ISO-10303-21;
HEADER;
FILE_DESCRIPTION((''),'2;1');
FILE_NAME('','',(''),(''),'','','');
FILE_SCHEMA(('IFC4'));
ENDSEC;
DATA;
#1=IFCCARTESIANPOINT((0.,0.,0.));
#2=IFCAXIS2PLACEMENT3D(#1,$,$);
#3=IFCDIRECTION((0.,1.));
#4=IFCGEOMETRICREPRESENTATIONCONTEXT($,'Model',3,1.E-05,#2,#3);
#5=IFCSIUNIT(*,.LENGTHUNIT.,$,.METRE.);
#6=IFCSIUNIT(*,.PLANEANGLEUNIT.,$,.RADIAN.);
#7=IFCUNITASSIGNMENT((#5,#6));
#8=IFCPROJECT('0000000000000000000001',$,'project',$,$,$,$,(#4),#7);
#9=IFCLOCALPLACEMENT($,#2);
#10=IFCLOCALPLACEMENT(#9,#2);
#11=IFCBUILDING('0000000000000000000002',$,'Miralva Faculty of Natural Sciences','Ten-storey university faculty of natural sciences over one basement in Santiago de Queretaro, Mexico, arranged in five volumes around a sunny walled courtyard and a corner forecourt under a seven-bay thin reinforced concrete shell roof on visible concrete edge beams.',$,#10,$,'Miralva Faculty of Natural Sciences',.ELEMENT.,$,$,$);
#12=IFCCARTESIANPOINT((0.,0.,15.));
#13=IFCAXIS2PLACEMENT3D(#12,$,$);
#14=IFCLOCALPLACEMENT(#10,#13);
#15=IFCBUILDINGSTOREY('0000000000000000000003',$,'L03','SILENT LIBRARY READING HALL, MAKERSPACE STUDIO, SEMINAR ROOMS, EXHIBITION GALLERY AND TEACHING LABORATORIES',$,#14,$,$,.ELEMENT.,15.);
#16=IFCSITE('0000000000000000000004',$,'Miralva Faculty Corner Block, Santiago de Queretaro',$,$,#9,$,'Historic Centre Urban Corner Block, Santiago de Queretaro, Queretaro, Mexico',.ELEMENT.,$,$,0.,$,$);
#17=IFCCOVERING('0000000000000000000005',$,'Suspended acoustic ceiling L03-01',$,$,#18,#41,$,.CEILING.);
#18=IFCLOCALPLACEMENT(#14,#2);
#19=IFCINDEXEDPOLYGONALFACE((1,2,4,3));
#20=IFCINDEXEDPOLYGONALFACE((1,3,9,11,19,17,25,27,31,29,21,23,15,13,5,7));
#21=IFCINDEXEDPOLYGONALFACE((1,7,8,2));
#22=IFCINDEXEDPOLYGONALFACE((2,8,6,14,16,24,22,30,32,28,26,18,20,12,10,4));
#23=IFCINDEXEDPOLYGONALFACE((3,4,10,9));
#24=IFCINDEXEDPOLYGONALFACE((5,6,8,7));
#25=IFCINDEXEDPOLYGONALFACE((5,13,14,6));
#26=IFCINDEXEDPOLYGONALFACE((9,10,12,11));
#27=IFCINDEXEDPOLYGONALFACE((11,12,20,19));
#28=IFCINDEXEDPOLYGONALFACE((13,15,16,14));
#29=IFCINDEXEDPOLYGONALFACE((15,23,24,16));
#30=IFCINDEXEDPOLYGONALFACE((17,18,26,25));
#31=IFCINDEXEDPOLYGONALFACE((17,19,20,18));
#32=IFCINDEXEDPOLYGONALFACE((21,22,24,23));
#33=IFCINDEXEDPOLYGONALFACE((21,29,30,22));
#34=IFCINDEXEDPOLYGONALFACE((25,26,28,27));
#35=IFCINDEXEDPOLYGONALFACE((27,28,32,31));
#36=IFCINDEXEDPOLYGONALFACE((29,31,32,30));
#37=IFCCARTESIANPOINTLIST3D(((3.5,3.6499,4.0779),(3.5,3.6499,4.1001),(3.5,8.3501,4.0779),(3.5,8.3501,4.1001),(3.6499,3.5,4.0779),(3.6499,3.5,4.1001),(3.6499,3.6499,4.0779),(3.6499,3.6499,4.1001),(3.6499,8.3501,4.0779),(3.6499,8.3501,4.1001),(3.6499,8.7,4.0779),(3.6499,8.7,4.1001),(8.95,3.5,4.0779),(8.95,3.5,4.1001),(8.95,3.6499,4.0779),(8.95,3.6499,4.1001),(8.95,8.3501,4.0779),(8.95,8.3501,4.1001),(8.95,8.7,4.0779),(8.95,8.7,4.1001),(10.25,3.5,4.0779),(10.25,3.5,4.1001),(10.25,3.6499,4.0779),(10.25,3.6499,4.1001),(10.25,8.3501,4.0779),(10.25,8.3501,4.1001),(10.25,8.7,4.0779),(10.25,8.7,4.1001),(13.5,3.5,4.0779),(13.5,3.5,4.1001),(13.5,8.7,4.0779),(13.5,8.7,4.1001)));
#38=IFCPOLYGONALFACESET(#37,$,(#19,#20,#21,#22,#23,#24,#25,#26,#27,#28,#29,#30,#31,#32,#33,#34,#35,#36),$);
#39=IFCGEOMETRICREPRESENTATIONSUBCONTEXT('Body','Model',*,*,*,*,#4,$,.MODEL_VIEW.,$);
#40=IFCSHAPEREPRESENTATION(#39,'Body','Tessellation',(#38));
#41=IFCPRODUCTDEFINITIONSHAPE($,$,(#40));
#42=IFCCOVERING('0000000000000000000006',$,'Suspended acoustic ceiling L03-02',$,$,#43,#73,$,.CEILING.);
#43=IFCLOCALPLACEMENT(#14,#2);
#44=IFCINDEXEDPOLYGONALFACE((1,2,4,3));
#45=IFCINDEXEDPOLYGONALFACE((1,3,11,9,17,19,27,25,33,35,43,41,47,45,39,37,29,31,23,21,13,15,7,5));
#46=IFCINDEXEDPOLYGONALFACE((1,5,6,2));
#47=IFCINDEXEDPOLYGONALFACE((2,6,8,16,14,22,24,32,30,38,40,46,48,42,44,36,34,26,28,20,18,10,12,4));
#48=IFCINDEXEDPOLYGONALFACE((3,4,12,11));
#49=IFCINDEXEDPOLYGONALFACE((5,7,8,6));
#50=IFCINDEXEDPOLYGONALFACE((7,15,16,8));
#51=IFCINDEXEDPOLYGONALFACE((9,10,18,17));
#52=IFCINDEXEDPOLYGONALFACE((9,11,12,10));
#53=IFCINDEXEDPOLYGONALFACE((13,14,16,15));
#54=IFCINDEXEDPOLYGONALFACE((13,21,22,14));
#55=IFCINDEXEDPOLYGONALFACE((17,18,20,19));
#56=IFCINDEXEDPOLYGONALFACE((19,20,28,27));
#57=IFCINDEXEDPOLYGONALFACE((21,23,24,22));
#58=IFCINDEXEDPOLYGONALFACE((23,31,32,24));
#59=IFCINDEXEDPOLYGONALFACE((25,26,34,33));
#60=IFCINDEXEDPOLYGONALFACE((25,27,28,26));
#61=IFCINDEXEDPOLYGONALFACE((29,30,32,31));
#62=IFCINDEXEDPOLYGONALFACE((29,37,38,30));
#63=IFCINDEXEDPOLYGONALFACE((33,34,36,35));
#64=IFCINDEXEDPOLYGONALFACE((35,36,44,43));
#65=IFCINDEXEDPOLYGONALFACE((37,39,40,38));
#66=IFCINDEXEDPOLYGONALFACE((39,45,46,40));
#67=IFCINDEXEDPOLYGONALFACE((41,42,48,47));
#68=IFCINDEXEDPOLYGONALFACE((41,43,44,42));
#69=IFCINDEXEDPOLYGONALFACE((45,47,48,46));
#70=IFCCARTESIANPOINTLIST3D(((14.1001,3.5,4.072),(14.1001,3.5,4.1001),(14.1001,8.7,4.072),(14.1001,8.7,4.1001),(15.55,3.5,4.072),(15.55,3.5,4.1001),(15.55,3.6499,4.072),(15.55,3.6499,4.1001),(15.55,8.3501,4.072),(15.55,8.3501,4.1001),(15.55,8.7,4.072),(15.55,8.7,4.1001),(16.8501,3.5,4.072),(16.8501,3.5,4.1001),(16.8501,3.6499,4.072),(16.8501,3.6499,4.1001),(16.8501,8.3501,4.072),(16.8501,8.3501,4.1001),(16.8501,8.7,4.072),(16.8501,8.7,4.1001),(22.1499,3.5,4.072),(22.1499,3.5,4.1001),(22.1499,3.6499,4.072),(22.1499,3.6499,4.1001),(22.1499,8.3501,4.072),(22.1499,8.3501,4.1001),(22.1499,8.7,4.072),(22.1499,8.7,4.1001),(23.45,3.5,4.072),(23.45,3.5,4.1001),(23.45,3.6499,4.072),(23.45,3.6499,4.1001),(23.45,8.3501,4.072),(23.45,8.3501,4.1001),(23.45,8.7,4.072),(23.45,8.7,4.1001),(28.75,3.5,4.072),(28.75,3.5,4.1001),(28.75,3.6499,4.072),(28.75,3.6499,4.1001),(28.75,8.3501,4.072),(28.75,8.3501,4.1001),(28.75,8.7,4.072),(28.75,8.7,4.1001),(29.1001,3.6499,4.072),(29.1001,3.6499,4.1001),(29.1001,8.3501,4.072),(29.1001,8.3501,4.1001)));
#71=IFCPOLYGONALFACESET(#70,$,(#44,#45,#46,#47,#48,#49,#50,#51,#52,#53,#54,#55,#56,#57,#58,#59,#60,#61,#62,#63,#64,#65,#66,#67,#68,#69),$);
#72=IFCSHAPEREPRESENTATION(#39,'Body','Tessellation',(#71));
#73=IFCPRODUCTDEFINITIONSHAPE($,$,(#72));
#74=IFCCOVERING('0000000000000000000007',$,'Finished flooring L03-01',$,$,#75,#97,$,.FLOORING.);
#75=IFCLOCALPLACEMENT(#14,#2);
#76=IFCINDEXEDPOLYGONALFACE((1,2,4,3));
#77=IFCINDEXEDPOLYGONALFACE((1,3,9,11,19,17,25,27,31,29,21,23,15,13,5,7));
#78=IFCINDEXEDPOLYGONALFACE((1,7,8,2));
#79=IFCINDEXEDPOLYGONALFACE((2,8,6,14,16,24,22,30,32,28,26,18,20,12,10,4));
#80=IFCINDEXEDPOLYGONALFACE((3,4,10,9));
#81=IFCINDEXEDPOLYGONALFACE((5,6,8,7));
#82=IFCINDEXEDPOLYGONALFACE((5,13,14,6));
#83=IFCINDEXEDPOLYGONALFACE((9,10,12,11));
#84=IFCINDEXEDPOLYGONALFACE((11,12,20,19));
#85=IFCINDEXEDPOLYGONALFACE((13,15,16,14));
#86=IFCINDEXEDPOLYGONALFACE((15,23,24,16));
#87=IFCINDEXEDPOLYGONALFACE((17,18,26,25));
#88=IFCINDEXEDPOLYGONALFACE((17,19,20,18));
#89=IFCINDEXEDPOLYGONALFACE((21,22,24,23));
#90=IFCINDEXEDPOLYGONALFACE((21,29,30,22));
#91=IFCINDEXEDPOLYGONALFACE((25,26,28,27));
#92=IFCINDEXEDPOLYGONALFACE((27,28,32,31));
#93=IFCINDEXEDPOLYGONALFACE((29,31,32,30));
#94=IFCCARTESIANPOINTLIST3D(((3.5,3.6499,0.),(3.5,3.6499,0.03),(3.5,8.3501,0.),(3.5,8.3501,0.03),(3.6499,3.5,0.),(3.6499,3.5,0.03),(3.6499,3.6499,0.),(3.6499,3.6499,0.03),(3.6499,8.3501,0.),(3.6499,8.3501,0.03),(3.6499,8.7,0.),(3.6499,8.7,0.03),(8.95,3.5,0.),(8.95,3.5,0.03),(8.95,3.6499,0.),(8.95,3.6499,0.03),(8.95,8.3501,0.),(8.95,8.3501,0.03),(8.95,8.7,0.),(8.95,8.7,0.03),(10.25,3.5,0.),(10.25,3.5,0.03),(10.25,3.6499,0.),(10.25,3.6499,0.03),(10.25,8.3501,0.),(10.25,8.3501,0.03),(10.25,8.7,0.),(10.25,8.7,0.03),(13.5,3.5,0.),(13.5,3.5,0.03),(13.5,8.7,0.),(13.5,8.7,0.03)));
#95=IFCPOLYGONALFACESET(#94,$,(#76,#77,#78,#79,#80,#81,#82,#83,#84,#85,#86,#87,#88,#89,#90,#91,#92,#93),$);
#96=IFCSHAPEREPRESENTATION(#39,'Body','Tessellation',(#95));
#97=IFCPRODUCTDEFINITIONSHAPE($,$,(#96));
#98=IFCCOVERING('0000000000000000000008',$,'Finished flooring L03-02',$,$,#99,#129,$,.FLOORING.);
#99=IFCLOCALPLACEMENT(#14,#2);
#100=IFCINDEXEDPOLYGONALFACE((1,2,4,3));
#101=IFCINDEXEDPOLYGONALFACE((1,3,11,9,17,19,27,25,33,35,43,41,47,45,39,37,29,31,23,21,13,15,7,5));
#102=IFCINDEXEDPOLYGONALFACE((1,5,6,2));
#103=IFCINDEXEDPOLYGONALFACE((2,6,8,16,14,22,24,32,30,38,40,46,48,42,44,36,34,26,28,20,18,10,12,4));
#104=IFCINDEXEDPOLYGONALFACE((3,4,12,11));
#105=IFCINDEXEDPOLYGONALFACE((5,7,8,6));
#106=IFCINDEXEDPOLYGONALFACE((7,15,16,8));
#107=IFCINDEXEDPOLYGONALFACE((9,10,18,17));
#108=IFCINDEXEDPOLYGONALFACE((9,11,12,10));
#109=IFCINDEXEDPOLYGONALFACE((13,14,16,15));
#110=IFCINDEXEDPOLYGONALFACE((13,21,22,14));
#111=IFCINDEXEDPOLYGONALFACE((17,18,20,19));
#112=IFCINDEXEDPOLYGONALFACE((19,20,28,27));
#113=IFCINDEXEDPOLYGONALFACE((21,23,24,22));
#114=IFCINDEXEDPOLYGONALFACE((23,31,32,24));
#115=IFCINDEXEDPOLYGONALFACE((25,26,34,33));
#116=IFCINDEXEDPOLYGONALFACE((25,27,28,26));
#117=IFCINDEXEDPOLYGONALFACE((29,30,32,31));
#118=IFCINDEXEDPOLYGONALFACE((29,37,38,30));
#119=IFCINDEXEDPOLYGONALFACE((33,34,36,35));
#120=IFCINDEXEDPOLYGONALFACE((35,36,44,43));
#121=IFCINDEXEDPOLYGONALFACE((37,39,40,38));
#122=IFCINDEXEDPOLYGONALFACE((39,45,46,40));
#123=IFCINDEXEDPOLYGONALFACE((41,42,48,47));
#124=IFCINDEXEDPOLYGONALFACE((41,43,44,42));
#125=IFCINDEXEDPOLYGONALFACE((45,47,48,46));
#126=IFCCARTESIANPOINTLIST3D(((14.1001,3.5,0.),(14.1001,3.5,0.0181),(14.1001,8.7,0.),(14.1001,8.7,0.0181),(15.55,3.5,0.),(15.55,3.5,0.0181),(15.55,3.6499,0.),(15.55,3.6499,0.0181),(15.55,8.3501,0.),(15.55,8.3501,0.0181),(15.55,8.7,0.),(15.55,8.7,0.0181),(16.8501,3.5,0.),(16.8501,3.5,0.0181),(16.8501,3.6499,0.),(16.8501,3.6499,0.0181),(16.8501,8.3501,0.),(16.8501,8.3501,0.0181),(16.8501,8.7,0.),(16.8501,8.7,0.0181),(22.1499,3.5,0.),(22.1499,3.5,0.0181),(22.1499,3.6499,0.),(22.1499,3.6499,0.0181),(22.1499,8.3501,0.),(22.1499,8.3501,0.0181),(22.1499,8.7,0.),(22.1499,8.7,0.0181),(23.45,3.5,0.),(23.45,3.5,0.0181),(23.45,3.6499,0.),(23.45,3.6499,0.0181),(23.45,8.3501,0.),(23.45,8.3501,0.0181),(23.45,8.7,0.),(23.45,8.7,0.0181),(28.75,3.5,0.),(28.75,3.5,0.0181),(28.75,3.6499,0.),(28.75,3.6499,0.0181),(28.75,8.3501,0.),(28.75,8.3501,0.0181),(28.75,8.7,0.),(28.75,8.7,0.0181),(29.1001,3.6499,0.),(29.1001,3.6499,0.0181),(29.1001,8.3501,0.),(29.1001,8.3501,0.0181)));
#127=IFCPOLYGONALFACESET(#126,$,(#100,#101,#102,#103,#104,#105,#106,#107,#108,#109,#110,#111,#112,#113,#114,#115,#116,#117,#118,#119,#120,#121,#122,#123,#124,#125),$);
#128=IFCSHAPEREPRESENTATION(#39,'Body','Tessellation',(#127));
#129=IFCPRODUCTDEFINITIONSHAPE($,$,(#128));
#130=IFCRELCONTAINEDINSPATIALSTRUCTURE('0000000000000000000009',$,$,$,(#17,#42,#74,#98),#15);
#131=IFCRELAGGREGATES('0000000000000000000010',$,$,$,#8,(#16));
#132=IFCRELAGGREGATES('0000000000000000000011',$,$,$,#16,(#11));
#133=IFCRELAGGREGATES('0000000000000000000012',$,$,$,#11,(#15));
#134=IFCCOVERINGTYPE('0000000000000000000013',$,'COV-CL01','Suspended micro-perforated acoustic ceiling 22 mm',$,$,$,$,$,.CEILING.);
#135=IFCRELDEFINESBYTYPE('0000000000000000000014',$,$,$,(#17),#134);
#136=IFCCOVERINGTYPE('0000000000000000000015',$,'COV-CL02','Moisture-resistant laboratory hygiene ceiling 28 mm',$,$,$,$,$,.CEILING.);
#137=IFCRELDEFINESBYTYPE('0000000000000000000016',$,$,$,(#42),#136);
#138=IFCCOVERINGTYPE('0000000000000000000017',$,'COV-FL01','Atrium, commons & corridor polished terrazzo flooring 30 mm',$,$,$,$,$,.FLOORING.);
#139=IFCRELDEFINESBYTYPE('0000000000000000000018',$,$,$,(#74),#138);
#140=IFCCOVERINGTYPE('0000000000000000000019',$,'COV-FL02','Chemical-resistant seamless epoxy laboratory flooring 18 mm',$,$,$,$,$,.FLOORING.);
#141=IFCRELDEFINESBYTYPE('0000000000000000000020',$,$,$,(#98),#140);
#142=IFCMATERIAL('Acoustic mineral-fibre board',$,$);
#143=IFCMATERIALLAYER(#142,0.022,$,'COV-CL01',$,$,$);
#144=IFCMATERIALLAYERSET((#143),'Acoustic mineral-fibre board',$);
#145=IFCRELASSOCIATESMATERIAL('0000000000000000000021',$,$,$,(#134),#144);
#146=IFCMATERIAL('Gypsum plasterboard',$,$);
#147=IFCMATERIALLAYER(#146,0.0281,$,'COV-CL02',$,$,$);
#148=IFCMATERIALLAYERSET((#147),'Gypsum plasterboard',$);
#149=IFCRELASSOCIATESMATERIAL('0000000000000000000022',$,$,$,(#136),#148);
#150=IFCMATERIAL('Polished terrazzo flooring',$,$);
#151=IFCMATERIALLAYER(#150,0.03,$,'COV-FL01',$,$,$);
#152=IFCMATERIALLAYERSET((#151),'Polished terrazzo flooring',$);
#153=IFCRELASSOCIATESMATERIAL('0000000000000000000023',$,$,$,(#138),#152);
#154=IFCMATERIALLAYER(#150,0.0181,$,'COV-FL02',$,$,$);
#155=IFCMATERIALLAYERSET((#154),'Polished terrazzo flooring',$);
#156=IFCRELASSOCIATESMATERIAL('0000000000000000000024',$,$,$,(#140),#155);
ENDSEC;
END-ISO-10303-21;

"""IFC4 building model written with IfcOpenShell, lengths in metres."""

from ifc_helpers import new_model, si_unit, direction, frame, origin, place, context, subcontext, project, spatial, polyline, outline, extrude, material, layer, layer_set, type_object, element, save


model = new_model("IFC4")

# Units and contexts
model_context = context("Model", 3, precision=1e-05, world=origin(), true_north=direction((0.0, 1.0)))
body_context = subcontext(model_context, "Body", "Model", "MODEL_VIEW")
ifc_project = project(units=[si_unit("LENGTHUNIT", "METRE"), si_unit("PLANEANGLEUNIT", "RADIAN")], contexts=[model_context])

# Site, building, storey
site_placement = place(None, origin())
site = spatial("IfcSite", under=ifc_project, at=site_placement, Name="Miralva Faculty Corner Block, Santiago de Queretaro", LongName="Historic Centre Urban Corner Block, Santiago de Queretaro, Queretaro, Mexico", CompositionType="ELEMENT", RefElevation=0.0)
building_placement = place(site_placement, origin())
building = spatial("IfcBuilding", under=site, at=building_placement, Name="Miralva Faculty of Natural Sciences", Description="Ten-storey university faculty of natural sciences over one basement in Santiago de Queretaro, Mexico, arranged in five volumes around a sunny walled courtyard and a corner forecourt under a seven-bay thin reinforced concrete shell roof on visible concrete edge beams.", LongName="Miralva Faculty of Natural Sciences", CompositionType="ELEMENT")
storey_placement = place(building_placement, frame((0.0, 0.0, 15.0)))
storey = spatial("IfcBuildingStorey", under=building, at=storey_placement, Name="L03", Description="SILENT LIBRARY READING HALL, MAKERSPACE STUDIO, SEMINAR ROOMS, EXHIBITION GALLERY AND TEACHING LABORATORIES", CompositionType="ELEMENT", Elevation=15.0)

# Coverings
ifc_material_1 = material(Name="Acoustic mineral-fibre board")
ifc_layer_1 = layer(ifc_material_1, 0.022, Name="COV-CL01")
ifc_layer_set_1 = layer_set([ifc_layer_1], Name="Acoustic mineral-fibre board")
covering_type_1 = type_object("IfcCoveringType", Name="COV-CL01", Description="Suspended micro-perforated acoustic ceiling 22 mm", PredefinedType="CEILING", material=ifc_layer_set_1)
covering_1_placement = place(storey_placement, frame((0.0, 0.0, 4.0779)))
element("IfcCovering", 1, at=covering_1_placement, inside=storey, type_object=covering_type_1, Name="Suspended acoustic ceiling L03-01", PredefinedType="CEILING", context=body_context, shape_type="SweptSolid", body=[
    extrude(outline(polyline([(8.95, 8.7), (8.95, 8.3501), (10.25, 8.3501), (10.25, 8.7), (13.5, 8.7), (13.5, 3.5), (10.25, 3.5), (10.25, 3.6499), (8.95, 3.6499), (8.95, 3.5), (3.6499, 3.5), (3.6499, 3.6499), (3.5, 3.6499), (3.5, 8.3501), (3.6499, 8.3501), (3.6499, 8.7), (8.95, 8.7)])), origin(), (0.0, 0.0, 1.0), 0.0222),
])
ifc_material_2 = material(Name="Gypsum plasterboard")
ifc_layer_2 = layer(ifc_material_2, 0.0281, Name="COV-CL02")
ifc_layer_set_2 = layer_set([ifc_layer_2], Name="Gypsum plasterboard")
covering_type_2 = type_object("IfcCoveringType", Name="COV-CL02", Description="Moisture-resistant laboratory hygiene ceiling 28 mm", PredefinedType="CEILING", material=ifc_layer_set_2)
covering_2_placement = place(storey_placement, frame((0.0, 0.0, 4.072)))
element("IfcCovering", 2, at=covering_2_placement, inside=storey, type_object=covering_type_2, Name="Suspended acoustic ceiling L03-02", PredefinedType="CEILING", context=body_context, shape_type="SweptSolid", body=[
    extrude(outline(polyline([(15.55, 8.7), (15.55, 8.3501), (16.8501, 8.3501), (16.8501, 8.7), (22.1499, 8.7), (22.1499, 8.3501), (23.45, 8.3501), (23.45, 8.7), (28.75, 8.7), (28.75, 8.3501), (29.1001, 8.3501), (29.1001, 3.6499), (28.75, 3.6499), (28.75, 3.5), (23.45, 3.5), (23.45, 3.6499), (22.1499, 3.6499), (22.1499, 3.5), (16.8501, 3.5), (16.8501, 3.6499), (15.55, 3.6499), (15.55, 3.5), (14.1001, 3.5), (14.1001, 8.7), (15.55, 8.7)])), origin(), (0.0, 0.0, 1.0), 0.0281),
])
ifc_material_3 = material(Name="Polished terrazzo flooring")
ifc_layer_3 = layer(ifc_material_3, 0.03, Name="COV-FL01")
ifc_layer_set_3 = layer_set([ifc_layer_3], Name="Polished terrazzo flooring")
covering_type_3 = type_object("IfcCoveringType", Name="COV-FL01", Description="Atrium, commons & corridor polished terrazzo flooring 30 mm", PredefinedType="FLOORING", material=ifc_layer_set_3)
covering_3_placement = place(storey_placement, origin())
element("IfcCovering", 3, at=covering_3_placement, inside=storey, type_object=covering_type_3, Name="Finished flooring L03-01", PredefinedType="FLOORING", context=body_context, shape_type="SweptSolid", body=[
    extrude(outline(polyline([(8.95, 8.7), (8.95, 8.3501), (10.25, 8.3501), (10.25, 8.7), (13.5, 8.7), (13.5, 3.5), (10.25, 3.5), (10.25, 3.6499), (8.95, 3.6499), (8.95, 3.5), (3.6499, 3.5), (3.6499, 3.6499), (3.5, 3.6499), (3.5, 8.3501), (3.6499, 8.3501), (3.6499, 8.7), (8.95, 8.7)])), origin(), (0.0, 0.0, 1.0), 0.03),
])
ifc_layer_4 = layer(ifc_material_3, 0.0181, Name="COV-FL02")
ifc_layer_set_4 = layer_set([ifc_layer_4], Name="Polished terrazzo flooring")
covering_type_4 = type_object("IfcCoveringType", Name="COV-FL02", Description="Chemical-resistant seamless epoxy laboratory flooring 18 mm", PredefinedType="FLOORING", material=ifc_layer_set_4)
covering_4_placement = place(storey_placement, origin())
element("IfcCovering", 4, at=covering_4_placement, inside=storey, type_object=covering_type_4, Name="Finished flooring L03-02", PredefinedType="FLOORING", context=body_context, shape_type="SweptSolid", body=[
    extrude(outline(polyline([(15.55, 8.7), (15.55, 8.3501), (16.8501, 8.3501), (16.8501, 8.7), (22.1499, 8.7), (22.1499, 8.3501), (23.45, 8.3501), (23.45, 8.7), (28.75, 8.7), (28.75, 8.3501), (29.1001, 8.3501), (29.1001, 3.6499), (28.75, 3.6499), (28.75, 3.5), (23.45, 3.5), (23.45, 3.6499), (22.1499, 3.6499), (22.1499, 3.5), (16.8501, 3.5), (16.8501, 3.6499), (15.55, 3.6499), (15.55, 3.5), (14.1001, 3.5), (14.1001, 8.7), (15.55, 8.7)])), origin(), (0.0, 0.0, 1.0), 0.0181),
])

save(model, "model.ifc")
